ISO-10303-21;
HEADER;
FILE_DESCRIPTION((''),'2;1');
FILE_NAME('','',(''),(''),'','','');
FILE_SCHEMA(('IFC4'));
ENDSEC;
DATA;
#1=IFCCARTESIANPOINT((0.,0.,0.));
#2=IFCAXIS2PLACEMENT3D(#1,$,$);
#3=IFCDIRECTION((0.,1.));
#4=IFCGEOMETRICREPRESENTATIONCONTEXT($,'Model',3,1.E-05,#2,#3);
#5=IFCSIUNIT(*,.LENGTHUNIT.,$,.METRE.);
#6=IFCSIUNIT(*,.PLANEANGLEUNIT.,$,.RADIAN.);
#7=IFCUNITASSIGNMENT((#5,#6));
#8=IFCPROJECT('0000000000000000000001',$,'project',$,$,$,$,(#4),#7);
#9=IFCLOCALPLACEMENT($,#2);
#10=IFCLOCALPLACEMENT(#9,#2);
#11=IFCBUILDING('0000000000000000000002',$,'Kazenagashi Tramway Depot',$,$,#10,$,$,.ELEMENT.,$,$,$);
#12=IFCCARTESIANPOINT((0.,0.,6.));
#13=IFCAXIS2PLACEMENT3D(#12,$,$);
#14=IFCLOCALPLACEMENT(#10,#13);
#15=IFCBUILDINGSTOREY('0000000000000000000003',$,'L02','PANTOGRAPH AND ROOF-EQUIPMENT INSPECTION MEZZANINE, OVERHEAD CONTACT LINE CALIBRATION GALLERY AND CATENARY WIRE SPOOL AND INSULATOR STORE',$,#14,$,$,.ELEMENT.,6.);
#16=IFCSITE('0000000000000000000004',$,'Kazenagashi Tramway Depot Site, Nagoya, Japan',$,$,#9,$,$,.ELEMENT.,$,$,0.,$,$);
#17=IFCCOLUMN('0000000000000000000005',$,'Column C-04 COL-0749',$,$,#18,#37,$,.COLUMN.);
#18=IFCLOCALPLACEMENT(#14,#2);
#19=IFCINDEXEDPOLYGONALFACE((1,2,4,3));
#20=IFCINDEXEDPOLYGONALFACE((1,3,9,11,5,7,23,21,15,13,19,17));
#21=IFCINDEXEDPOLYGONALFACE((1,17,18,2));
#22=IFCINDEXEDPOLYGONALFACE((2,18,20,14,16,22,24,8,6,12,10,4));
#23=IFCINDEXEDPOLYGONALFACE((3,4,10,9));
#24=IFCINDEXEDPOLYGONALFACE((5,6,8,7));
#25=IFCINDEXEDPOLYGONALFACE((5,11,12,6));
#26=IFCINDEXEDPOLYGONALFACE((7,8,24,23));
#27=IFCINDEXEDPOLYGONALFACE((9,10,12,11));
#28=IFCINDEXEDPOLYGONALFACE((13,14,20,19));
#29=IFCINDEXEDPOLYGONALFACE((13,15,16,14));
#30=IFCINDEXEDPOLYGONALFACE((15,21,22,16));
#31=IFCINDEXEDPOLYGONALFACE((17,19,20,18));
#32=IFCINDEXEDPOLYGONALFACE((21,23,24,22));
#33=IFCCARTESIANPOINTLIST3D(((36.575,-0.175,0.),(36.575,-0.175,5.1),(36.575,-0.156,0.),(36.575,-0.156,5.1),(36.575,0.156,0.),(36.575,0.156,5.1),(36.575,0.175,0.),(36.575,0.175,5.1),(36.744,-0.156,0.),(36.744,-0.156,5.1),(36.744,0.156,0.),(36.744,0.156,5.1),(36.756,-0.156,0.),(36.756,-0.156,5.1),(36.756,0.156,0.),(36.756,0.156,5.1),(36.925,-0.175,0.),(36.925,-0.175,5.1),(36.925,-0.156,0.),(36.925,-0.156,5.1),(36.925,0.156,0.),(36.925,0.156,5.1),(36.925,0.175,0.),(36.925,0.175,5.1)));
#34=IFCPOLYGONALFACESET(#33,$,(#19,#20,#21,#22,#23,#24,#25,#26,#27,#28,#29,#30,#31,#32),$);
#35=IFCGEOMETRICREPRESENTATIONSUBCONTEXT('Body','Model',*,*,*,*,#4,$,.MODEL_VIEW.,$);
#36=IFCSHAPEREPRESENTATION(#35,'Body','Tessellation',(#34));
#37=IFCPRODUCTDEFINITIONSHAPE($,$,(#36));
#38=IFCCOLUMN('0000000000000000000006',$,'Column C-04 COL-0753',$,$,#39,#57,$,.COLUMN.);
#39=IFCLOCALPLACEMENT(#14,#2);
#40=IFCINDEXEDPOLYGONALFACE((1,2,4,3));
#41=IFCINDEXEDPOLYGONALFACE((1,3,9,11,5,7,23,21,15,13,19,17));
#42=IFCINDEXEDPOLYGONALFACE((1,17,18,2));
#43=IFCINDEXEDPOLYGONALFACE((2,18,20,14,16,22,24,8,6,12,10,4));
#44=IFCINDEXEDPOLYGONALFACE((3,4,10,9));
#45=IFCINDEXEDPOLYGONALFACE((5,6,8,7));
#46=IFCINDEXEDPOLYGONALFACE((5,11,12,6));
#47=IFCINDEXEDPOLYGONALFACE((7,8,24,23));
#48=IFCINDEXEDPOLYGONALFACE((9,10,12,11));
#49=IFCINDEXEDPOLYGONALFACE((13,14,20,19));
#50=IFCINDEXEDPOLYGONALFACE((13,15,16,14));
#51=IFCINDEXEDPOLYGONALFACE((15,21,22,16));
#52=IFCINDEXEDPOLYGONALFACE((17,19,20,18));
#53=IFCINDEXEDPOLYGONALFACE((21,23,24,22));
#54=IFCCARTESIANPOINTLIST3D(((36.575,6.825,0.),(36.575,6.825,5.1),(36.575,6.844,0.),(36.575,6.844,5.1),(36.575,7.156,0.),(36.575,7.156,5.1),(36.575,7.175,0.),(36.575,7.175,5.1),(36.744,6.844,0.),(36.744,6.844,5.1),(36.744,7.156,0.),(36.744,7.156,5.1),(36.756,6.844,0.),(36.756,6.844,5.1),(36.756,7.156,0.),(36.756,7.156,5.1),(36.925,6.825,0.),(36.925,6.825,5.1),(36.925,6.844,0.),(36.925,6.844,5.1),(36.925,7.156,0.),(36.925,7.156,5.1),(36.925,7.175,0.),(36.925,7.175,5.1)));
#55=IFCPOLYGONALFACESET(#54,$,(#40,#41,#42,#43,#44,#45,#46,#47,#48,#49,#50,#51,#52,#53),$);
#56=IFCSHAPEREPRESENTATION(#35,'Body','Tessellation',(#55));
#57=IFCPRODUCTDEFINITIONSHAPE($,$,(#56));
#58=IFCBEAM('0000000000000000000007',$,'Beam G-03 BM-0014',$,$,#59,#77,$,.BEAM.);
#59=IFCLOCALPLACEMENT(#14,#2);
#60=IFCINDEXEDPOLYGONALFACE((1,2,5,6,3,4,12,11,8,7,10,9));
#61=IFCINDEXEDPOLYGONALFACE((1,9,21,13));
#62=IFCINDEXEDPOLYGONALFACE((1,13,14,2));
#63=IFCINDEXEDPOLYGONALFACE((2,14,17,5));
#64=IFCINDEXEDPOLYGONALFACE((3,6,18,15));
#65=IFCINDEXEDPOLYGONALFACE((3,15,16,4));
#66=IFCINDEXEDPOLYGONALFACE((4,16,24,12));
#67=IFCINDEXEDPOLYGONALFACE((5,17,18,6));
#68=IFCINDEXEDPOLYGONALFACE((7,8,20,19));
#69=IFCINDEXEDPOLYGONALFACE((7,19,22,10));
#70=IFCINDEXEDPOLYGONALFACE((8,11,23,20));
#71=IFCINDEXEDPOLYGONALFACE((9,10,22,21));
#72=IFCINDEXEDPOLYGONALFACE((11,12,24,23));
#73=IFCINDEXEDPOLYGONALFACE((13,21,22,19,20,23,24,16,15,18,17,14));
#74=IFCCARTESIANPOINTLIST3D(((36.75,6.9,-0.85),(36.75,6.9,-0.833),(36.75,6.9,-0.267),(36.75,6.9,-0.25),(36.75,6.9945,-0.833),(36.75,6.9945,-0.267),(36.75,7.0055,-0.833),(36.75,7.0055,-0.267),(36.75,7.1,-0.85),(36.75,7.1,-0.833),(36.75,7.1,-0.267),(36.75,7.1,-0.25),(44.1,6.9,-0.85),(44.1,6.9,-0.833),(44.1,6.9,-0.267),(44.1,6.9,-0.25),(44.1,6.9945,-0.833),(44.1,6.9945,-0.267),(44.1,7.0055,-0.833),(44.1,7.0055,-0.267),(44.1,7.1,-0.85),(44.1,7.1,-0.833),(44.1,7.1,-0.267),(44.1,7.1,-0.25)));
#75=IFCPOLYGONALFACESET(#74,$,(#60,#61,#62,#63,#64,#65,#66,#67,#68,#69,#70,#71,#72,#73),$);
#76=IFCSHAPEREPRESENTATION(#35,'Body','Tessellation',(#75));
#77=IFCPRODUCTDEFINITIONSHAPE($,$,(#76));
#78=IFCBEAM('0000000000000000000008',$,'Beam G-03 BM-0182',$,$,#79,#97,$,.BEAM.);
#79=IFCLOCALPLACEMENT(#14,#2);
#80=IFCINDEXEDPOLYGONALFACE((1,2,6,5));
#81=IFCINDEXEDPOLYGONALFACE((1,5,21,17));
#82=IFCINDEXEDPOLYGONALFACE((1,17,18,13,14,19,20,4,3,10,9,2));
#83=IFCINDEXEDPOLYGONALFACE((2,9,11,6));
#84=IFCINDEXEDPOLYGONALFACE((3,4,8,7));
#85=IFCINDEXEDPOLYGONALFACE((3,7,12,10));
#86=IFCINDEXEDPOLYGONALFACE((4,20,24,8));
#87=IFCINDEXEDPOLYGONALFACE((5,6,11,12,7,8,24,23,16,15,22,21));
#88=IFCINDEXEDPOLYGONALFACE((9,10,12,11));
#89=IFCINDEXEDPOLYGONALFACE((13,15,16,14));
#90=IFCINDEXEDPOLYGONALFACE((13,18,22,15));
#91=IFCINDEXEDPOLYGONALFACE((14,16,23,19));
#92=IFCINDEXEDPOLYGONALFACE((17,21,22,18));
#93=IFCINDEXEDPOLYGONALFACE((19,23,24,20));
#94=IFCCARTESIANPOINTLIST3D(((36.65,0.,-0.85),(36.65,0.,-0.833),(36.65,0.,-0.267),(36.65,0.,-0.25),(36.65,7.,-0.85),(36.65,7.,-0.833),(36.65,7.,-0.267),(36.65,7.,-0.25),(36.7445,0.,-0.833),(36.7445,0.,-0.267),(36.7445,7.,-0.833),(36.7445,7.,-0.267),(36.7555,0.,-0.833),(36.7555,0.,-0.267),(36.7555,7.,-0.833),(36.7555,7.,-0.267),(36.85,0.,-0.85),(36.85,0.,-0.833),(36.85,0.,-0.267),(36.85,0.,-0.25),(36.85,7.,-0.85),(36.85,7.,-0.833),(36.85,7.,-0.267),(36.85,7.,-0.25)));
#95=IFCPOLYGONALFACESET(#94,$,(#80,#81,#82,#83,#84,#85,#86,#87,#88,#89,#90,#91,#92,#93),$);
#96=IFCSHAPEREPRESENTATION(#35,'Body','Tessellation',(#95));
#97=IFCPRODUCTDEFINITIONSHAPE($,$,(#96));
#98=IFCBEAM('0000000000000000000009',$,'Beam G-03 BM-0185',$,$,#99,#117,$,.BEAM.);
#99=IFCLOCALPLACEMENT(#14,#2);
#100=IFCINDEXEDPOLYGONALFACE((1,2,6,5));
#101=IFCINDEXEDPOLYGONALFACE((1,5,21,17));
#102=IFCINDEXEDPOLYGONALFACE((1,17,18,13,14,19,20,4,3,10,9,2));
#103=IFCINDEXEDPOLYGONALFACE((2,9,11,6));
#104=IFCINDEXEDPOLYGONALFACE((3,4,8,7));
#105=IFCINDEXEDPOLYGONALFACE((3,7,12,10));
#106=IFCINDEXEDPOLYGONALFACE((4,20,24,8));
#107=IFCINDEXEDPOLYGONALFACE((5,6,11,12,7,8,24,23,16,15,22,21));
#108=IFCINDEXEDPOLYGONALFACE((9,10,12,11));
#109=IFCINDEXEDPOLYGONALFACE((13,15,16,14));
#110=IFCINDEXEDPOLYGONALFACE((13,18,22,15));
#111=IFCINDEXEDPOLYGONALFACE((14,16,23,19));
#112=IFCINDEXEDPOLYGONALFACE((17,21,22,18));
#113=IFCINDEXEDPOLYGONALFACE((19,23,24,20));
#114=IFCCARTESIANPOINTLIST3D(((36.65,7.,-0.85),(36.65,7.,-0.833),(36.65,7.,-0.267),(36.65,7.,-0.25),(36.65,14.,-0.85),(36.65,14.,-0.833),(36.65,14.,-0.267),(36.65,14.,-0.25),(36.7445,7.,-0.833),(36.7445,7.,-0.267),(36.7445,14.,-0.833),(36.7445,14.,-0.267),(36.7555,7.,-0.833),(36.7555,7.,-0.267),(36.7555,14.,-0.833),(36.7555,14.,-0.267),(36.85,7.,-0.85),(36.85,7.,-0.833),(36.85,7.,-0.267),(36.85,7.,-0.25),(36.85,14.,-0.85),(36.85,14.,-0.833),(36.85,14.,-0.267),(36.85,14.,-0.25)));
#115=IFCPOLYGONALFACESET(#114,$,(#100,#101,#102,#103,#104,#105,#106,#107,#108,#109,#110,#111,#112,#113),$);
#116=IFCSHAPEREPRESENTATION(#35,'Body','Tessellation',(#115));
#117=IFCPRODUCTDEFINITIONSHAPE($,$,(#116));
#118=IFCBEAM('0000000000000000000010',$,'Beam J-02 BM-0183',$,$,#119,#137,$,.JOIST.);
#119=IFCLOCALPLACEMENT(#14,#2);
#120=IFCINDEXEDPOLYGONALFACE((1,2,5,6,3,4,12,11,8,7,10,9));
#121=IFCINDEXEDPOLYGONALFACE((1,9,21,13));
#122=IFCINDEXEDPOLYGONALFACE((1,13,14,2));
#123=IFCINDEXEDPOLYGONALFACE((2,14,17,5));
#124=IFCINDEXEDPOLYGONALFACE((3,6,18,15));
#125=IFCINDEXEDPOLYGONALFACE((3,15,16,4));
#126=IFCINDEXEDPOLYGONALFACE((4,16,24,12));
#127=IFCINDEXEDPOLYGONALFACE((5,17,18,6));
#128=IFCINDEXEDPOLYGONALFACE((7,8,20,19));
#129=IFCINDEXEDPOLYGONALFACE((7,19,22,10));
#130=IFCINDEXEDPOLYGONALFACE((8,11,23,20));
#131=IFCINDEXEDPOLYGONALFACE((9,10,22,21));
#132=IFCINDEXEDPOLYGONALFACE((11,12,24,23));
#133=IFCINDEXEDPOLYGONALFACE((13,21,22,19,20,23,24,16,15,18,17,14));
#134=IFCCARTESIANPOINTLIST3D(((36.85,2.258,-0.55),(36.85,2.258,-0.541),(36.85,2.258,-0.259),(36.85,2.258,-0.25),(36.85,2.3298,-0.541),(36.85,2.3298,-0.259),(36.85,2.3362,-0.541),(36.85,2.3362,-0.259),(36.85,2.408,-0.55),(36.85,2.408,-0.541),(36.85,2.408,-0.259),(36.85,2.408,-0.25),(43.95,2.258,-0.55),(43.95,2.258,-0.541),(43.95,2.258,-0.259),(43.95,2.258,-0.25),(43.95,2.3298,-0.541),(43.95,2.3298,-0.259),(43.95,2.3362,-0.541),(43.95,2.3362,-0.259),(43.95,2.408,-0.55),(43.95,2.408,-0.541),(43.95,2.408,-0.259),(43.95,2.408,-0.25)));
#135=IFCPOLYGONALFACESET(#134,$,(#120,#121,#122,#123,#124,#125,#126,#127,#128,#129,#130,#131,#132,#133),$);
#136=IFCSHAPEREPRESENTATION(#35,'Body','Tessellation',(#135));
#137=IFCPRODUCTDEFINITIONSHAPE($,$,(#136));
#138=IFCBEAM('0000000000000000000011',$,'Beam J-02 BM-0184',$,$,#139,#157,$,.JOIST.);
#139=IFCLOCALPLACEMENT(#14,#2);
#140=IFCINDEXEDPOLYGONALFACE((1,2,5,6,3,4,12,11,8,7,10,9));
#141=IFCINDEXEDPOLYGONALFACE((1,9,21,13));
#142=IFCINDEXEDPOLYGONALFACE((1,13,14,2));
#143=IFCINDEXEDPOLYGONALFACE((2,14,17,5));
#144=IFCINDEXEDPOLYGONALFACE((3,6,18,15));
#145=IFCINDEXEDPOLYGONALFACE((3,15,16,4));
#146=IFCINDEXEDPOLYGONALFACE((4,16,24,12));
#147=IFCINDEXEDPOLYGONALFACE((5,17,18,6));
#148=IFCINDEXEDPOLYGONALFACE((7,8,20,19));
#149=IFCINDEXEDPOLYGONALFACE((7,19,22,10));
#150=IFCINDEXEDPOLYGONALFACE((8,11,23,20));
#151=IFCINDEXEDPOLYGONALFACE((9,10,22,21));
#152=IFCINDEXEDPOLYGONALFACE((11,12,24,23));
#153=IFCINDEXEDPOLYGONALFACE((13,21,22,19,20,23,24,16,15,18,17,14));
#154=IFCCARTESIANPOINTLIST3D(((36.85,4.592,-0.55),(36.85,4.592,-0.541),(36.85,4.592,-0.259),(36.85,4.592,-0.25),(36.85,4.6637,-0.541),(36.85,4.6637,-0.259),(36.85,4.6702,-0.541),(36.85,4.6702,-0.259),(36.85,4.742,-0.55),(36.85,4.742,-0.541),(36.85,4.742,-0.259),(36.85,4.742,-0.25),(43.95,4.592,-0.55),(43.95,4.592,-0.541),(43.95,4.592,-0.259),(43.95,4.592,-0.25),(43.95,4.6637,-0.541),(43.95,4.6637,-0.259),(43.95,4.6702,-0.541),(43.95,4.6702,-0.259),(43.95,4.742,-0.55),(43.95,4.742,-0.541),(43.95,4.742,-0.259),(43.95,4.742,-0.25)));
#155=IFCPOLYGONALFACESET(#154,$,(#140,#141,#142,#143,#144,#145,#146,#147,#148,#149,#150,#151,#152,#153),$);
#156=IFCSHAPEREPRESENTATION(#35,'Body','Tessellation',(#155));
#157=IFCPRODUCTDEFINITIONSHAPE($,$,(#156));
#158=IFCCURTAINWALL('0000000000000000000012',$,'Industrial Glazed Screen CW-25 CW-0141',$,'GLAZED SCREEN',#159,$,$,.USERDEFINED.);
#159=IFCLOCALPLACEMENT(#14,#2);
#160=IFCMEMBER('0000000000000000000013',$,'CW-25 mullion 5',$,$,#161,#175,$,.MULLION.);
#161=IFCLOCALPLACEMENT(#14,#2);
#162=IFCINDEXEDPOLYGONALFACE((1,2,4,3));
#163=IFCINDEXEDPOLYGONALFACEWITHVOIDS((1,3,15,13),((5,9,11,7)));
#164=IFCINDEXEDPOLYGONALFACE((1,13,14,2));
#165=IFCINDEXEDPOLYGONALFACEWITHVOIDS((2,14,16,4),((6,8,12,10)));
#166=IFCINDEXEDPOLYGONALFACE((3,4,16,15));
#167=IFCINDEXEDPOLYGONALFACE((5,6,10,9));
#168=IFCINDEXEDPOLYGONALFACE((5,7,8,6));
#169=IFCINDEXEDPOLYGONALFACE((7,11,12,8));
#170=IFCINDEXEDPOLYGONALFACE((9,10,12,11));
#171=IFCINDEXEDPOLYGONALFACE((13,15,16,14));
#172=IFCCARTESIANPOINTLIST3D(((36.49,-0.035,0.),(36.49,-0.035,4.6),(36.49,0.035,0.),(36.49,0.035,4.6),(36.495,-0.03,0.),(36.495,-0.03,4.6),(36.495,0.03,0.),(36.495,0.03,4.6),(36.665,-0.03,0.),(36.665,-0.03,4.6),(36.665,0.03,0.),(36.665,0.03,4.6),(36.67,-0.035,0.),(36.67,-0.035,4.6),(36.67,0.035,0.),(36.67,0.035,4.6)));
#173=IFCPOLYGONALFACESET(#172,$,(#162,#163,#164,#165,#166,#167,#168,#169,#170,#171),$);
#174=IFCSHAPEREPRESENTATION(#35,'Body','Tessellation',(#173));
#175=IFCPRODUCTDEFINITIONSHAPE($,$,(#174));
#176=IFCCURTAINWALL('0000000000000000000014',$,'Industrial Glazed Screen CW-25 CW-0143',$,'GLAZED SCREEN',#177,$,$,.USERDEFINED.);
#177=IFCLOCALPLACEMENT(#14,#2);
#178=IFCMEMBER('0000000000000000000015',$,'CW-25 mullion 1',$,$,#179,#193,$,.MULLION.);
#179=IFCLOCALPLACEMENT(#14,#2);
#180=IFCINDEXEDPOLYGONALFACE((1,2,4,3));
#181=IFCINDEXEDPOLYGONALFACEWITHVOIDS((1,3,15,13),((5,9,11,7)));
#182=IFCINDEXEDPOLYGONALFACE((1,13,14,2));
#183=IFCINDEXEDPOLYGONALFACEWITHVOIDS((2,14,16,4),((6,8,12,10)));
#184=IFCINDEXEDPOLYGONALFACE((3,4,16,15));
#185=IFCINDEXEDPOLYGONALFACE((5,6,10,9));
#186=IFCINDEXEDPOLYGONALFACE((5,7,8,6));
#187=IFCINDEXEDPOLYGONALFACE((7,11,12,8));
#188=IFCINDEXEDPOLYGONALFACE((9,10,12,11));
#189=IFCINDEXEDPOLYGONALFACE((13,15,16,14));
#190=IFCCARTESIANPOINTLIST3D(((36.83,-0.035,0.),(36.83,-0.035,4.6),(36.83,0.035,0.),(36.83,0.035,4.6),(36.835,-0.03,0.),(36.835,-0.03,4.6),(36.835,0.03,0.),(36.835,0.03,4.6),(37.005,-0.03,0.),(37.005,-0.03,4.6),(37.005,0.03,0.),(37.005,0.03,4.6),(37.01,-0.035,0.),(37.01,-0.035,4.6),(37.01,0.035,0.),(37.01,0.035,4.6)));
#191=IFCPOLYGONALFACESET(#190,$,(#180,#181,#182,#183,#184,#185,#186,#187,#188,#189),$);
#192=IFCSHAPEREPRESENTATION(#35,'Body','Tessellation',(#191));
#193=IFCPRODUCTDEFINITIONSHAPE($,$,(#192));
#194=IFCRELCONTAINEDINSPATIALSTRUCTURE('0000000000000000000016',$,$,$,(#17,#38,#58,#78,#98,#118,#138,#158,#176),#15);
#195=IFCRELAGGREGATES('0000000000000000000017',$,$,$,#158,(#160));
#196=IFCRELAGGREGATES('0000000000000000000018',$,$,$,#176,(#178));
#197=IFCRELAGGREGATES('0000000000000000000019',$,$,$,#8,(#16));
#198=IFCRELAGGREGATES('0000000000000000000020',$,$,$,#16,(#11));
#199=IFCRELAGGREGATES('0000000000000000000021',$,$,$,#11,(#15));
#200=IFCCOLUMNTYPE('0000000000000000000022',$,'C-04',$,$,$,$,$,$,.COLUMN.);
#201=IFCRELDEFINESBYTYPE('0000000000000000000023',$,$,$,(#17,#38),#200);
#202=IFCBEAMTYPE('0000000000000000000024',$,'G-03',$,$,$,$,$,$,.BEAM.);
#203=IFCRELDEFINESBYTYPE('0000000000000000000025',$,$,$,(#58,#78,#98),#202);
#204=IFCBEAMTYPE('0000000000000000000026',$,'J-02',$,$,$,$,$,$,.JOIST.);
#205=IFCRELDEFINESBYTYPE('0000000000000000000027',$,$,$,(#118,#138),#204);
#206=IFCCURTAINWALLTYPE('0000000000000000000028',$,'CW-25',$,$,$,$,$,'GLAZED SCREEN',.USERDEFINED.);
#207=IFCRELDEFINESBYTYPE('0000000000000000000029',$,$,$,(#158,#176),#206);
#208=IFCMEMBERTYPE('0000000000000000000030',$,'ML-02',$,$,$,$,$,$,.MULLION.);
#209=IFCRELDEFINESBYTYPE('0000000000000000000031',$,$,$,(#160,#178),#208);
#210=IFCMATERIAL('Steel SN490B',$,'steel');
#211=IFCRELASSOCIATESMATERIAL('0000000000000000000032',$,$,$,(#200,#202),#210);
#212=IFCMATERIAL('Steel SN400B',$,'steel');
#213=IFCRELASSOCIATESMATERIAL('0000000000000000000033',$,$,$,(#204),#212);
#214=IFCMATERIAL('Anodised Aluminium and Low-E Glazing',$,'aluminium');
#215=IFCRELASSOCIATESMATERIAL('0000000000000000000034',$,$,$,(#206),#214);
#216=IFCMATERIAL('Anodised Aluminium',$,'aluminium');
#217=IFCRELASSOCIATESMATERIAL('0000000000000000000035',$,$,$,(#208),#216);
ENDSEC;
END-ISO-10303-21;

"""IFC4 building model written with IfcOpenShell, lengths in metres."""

from ifc_helpers import new_model, si_unit, direction, frame, origin, origin_2d, place, context, subcontext, project, spatial, hollow_rectangle, i_section, extrude, material, material_profile, profile_set, type_object, element, aggregate, save


model = new_model("IFC4")

# Units and contexts
model_context = context("Model", 3, precision=1e-05, world=origin(), true_north=direction((0.0, 1.0)))
body_context = subcontext(model_context, "Body", "Model", "MODEL_VIEW")
ifc_project = project(units=[si_unit("LENGTHUNIT", "METRE"), si_unit("PLANEANGLEUNIT", "RADIAN")], contexts=[model_context])

# Site, building, storey
site_placement = place(None, origin())
site = spatial("IfcSite", under=ifc_project, at=site_placement, Name="Kazenagashi Tramway Depot Site, Nagoya, Japan", CompositionType="ELEMENT", RefElevation=0.0)
building_placement = place(site_placement, origin())
building = spatial("IfcBuilding", under=site, at=building_placement, Name="Kazenagashi Tramway Depot", CompositionType="ELEMENT")
storey_placement = place(building_placement, frame((0.0, 0.0, 6.0)))
storey = spatial("IfcBuildingStorey", under=building, at=storey_placement, Name="L02", Description="PANTOGRAPH AND ROOF-EQUIPMENT INSPECTION MEZZANINE, OVERHEAD CONTACT LINE CALIBRATION GALLERY AND CATENARY WIRE SPOOL AND INSULATOR STORE", CompositionType="ELEMENT", Elevation=6.0)

# Columns
ifc_material_1 = material(Name="Steel SN490B", Category="steel")
ifc_material_profile_1 = material_profile(ifc_material_1, i_section(OverallWidth=0.35, OverallDepth=0.35, WebThickness=0.012, FlangeThickness=0.019, at=origin_2d()), Name="H-350x350x12x19")
ifc_profile_set_1 = profile_set([ifc_material_profile_1], Name="Steel SN490B")
column_type = type_object("IfcColumnType", Name="C-04", PredefinedType="COLUMN", material=ifc_profile_set_1)
for number, where, z_axis, x_axis, name in (
    (1, (36.75, 0.0, 0.0), (0.0, 0.0, 1.0), (1.0, 0.0, 0.0), "Column C-04 COL-0749"),
    (2, (36.75, 7.0, 0.0), (0.0, 0.0, 1.0), (1.0, 0.0, 0.0), "Column C-04 COL-0753"),
):
    element("IfcColumn", number, at=place(storey_placement, frame(where, z_axis=z_axis, x_axis=x_axis)), inside=storey, type_object=column_type, Name=name, PredefinedType="COLUMN", context=body_context, shape_type="SweptSolid", body=[
        extrude(i_section(OverallWidth=0.35, OverallDepth=0.35, WebThickness=0.012, FlangeThickness=0.019, at=origin_2d()), origin(), (0.0, 0.0, 1.0), 5.1),
    ])

# Beams
ifc_material_profile_2 = material_profile(ifc_material_1, i_section(OverallWidth=0.2, OverallDepth=0.6, WebThickness=0.011, FlangeThickness=0.017, at=origin_2d()), Name="H-600x200x11x17")
ifc_profile_set_2 = profile_set([ifc_material_profile_2], Name="Steel SN490B")
beam_type_1 = type_object("IfcBeamType", Name="G-03", PredefinedType="BEAM", material=ifc_profile_set_2)
beam_1_placement = place(storey_placement, frame((36.75, 7.0, -0.55), z_axis=(1.0, 0.0, 0.0), x_axis=(0.0, 1.0, 0.0)))
element("IfcBeam", 3, at=beam_1_placement, inside=storey, type_object=beam_type_1, Name="Beam G-03 BM-0014", PredefinedType="BEAM", context=body_context, shape_type="SweptSolid", body=[
    extrude(i_section(OverallWidth=0.2, OverallDepth=0.6, WebThickness=0.011, FlangeThickness=0.017, at=origin_2d()), origin(), (0.0, 0.0, 1.0), 7.35),
])
for number, where, z_axis, x_axis, name in (
    (4, (36.75, 0.0, -0.55), (0.0, 1.0, 0.0), (-1.0, 0.0, 0.0), "Beam G-03 BM-0182"),
    (5, (36.75, 7.0, -0.55), (0.0, 1.0, 0.0), (-1.0, 0.0, 0.0), "Beam G-03 BM-0185"),
):
    element("IfcBeam", number, at=place(storey_placement, frame(where, z_axis=z_axis, x_axis=x_axis)), inside=storey, type_object=beam_type_1, Name=name, PredefinedType="BEAM", context=body_context, shape_type="SweptSolid", body=[
        extrude(i_section(OverallWidth=0.2, OverallDepth=0.6, WebThickness=0.011, FlangeThickness=0.017, at=origin_2d()), origin(), (0.0, 0.0, 1.0), 7.0),
    ])
ifc_material_2 = material(Name="Steel SN400B", Category="steel")
ifc_material_profile_3 = material_profile(ifc_material_2, i_section(OverallWidth=0.15, OverallDepth=0.3, WebThickness=0.0065, FlangeThickness=0.009, at=origin_2d()), Name="H-300x150x6.5x9")
ifc_profile_set_3 = profile_set([ifc_material_profile_3], Name="Steel SN400B")
beam_type_2 = type_object("IfcBeamType", Name="J-02", PredefinedType="JOIST", material=ifc_profile_set_3)
for number, where, z_axis, x_axis, name in (
    (6, (36.85, 2.333, -0.4), (1.0, 0.0, 0.0), (0.0, 1.0, 0.0), "Beam J-02 BM-0183"),
    (7, (36.85, 4.667, -0.4), (1.0, 0.0, 0.0), (0.0, 1.0, 0.0), "Beam J-02 BM-0184"),
):
    element("IfcBeam", number, at=place(storey_placement, frame(where, z_axis=z_axis, x_axis=x_axis)), inside=storey, type_object=beam_type_2, Name=name, PredefinedType="JOIST", context=body_context, shape_type="SweptSolid", body=[
        extrude(i_section(OverallWidth=0.15, OverallDepth=0.3, WebThickness=0.0065, FlangeThickness=0.009, at=origin_2d()), origin(), (0.0, 0.0, 1.0), 7.1),
    ])

# Curtain wall, member
ifc_material_3 = material(Name="Anodised Aluminium and Low-E Glazing", Category="aluminium")
curtain_wall_type = type_object("IfcCurtainWallType", Name="CW-25", ElementType="GLAZED SCREEN", PredefinedType="USERDEFINED", material=ifc_material_3)
curtain_wall_1_placement = place(storey_placement, origin())
curtain_wall_1 = element("IfcCurtainWall", 8, at=curtain_wall_1_placement, inside=storey, type_object=curtain_wall_type, Name="Industrial Glazed Screen CW-25 CW-0141", ObjectType="GLAZED SCREEN", PredefinedType="USERDEFINED")
ifc_material_4 = material(Name="Anodised Aluminium", Category="aluminium")
ifc_material_profile_4 = material_profile(ifc_material_4, hollow_rectangle(XDim=0.07, YDim=0.18, WallThickness=0.005, at=origin_2d()), Name="RHS-180x70x5")
ifc_profile_set_4 = profile_set([ifc_material_profile_4], Name="Anodised Aluminium")
member_type_1 = type_object("IfcMemberType", Name="ML-02", PredefinedType="MULLION", material=ifc_profile_set_4)
member_1_placement = place(storey_placement, frame((36.58, 0.0, 0.0), z_axis=(0.0, 0.0, 1.0), x_axis=(0.0, 1.0, 0.0)))
member_1 = element("IfcMember", 9, at=member_1_placement, type_object=member_type_1, Name="CW-25 mullion 5", PredefinedType="MULLION", context=body_context, shape_type="SweptSolid", body=[
    extrude(hollow_rectangle(XDim=0.07, YDim=0.18, WallThickness=0.005, at=origin_2d()), origin(), (0.0, 0.0, 1.0), 4.6),
])

# Curtain wall, member
curtain_wall_2_placement = place(storey_placement, origin())
curtain_wall_2 = element("IfcCurtainWall", 10, at=curtain_wall_2_placement, inside=storey, type_object=curtain_wall_type, Name="Industrial Glazed Screen CW-25 CW-0143", ObjectType="GLAZED SCREEN", PredefinedType="USERDEFINED")
member_2_placement = place(storey_placement, frame((36.92, 0.0, 0.0), z_axis=(0.0, 0.0, 1.0), x_axis=(0.0, 1.0, 0.0)))
member_2 = element("IfcMember", 11, at=member_2_placement, type_object=member_type_1, Name="CW-25 mullion 1", PredefinedType="MULLION", context=body_context, shape_type="SweptSolid", body=[
    extrude(hollow_rectangle(XDim=0.07, YDim=0.18, WallThickness=0.005, at=origin_2d()), origin(), (0.0, 0.0, 1.0), 4.6),
])

aggregate(curtain_wall_1, [member_1])
aggregate(curtain_wall_2, [member_2])

save(model, "model.ifc")
